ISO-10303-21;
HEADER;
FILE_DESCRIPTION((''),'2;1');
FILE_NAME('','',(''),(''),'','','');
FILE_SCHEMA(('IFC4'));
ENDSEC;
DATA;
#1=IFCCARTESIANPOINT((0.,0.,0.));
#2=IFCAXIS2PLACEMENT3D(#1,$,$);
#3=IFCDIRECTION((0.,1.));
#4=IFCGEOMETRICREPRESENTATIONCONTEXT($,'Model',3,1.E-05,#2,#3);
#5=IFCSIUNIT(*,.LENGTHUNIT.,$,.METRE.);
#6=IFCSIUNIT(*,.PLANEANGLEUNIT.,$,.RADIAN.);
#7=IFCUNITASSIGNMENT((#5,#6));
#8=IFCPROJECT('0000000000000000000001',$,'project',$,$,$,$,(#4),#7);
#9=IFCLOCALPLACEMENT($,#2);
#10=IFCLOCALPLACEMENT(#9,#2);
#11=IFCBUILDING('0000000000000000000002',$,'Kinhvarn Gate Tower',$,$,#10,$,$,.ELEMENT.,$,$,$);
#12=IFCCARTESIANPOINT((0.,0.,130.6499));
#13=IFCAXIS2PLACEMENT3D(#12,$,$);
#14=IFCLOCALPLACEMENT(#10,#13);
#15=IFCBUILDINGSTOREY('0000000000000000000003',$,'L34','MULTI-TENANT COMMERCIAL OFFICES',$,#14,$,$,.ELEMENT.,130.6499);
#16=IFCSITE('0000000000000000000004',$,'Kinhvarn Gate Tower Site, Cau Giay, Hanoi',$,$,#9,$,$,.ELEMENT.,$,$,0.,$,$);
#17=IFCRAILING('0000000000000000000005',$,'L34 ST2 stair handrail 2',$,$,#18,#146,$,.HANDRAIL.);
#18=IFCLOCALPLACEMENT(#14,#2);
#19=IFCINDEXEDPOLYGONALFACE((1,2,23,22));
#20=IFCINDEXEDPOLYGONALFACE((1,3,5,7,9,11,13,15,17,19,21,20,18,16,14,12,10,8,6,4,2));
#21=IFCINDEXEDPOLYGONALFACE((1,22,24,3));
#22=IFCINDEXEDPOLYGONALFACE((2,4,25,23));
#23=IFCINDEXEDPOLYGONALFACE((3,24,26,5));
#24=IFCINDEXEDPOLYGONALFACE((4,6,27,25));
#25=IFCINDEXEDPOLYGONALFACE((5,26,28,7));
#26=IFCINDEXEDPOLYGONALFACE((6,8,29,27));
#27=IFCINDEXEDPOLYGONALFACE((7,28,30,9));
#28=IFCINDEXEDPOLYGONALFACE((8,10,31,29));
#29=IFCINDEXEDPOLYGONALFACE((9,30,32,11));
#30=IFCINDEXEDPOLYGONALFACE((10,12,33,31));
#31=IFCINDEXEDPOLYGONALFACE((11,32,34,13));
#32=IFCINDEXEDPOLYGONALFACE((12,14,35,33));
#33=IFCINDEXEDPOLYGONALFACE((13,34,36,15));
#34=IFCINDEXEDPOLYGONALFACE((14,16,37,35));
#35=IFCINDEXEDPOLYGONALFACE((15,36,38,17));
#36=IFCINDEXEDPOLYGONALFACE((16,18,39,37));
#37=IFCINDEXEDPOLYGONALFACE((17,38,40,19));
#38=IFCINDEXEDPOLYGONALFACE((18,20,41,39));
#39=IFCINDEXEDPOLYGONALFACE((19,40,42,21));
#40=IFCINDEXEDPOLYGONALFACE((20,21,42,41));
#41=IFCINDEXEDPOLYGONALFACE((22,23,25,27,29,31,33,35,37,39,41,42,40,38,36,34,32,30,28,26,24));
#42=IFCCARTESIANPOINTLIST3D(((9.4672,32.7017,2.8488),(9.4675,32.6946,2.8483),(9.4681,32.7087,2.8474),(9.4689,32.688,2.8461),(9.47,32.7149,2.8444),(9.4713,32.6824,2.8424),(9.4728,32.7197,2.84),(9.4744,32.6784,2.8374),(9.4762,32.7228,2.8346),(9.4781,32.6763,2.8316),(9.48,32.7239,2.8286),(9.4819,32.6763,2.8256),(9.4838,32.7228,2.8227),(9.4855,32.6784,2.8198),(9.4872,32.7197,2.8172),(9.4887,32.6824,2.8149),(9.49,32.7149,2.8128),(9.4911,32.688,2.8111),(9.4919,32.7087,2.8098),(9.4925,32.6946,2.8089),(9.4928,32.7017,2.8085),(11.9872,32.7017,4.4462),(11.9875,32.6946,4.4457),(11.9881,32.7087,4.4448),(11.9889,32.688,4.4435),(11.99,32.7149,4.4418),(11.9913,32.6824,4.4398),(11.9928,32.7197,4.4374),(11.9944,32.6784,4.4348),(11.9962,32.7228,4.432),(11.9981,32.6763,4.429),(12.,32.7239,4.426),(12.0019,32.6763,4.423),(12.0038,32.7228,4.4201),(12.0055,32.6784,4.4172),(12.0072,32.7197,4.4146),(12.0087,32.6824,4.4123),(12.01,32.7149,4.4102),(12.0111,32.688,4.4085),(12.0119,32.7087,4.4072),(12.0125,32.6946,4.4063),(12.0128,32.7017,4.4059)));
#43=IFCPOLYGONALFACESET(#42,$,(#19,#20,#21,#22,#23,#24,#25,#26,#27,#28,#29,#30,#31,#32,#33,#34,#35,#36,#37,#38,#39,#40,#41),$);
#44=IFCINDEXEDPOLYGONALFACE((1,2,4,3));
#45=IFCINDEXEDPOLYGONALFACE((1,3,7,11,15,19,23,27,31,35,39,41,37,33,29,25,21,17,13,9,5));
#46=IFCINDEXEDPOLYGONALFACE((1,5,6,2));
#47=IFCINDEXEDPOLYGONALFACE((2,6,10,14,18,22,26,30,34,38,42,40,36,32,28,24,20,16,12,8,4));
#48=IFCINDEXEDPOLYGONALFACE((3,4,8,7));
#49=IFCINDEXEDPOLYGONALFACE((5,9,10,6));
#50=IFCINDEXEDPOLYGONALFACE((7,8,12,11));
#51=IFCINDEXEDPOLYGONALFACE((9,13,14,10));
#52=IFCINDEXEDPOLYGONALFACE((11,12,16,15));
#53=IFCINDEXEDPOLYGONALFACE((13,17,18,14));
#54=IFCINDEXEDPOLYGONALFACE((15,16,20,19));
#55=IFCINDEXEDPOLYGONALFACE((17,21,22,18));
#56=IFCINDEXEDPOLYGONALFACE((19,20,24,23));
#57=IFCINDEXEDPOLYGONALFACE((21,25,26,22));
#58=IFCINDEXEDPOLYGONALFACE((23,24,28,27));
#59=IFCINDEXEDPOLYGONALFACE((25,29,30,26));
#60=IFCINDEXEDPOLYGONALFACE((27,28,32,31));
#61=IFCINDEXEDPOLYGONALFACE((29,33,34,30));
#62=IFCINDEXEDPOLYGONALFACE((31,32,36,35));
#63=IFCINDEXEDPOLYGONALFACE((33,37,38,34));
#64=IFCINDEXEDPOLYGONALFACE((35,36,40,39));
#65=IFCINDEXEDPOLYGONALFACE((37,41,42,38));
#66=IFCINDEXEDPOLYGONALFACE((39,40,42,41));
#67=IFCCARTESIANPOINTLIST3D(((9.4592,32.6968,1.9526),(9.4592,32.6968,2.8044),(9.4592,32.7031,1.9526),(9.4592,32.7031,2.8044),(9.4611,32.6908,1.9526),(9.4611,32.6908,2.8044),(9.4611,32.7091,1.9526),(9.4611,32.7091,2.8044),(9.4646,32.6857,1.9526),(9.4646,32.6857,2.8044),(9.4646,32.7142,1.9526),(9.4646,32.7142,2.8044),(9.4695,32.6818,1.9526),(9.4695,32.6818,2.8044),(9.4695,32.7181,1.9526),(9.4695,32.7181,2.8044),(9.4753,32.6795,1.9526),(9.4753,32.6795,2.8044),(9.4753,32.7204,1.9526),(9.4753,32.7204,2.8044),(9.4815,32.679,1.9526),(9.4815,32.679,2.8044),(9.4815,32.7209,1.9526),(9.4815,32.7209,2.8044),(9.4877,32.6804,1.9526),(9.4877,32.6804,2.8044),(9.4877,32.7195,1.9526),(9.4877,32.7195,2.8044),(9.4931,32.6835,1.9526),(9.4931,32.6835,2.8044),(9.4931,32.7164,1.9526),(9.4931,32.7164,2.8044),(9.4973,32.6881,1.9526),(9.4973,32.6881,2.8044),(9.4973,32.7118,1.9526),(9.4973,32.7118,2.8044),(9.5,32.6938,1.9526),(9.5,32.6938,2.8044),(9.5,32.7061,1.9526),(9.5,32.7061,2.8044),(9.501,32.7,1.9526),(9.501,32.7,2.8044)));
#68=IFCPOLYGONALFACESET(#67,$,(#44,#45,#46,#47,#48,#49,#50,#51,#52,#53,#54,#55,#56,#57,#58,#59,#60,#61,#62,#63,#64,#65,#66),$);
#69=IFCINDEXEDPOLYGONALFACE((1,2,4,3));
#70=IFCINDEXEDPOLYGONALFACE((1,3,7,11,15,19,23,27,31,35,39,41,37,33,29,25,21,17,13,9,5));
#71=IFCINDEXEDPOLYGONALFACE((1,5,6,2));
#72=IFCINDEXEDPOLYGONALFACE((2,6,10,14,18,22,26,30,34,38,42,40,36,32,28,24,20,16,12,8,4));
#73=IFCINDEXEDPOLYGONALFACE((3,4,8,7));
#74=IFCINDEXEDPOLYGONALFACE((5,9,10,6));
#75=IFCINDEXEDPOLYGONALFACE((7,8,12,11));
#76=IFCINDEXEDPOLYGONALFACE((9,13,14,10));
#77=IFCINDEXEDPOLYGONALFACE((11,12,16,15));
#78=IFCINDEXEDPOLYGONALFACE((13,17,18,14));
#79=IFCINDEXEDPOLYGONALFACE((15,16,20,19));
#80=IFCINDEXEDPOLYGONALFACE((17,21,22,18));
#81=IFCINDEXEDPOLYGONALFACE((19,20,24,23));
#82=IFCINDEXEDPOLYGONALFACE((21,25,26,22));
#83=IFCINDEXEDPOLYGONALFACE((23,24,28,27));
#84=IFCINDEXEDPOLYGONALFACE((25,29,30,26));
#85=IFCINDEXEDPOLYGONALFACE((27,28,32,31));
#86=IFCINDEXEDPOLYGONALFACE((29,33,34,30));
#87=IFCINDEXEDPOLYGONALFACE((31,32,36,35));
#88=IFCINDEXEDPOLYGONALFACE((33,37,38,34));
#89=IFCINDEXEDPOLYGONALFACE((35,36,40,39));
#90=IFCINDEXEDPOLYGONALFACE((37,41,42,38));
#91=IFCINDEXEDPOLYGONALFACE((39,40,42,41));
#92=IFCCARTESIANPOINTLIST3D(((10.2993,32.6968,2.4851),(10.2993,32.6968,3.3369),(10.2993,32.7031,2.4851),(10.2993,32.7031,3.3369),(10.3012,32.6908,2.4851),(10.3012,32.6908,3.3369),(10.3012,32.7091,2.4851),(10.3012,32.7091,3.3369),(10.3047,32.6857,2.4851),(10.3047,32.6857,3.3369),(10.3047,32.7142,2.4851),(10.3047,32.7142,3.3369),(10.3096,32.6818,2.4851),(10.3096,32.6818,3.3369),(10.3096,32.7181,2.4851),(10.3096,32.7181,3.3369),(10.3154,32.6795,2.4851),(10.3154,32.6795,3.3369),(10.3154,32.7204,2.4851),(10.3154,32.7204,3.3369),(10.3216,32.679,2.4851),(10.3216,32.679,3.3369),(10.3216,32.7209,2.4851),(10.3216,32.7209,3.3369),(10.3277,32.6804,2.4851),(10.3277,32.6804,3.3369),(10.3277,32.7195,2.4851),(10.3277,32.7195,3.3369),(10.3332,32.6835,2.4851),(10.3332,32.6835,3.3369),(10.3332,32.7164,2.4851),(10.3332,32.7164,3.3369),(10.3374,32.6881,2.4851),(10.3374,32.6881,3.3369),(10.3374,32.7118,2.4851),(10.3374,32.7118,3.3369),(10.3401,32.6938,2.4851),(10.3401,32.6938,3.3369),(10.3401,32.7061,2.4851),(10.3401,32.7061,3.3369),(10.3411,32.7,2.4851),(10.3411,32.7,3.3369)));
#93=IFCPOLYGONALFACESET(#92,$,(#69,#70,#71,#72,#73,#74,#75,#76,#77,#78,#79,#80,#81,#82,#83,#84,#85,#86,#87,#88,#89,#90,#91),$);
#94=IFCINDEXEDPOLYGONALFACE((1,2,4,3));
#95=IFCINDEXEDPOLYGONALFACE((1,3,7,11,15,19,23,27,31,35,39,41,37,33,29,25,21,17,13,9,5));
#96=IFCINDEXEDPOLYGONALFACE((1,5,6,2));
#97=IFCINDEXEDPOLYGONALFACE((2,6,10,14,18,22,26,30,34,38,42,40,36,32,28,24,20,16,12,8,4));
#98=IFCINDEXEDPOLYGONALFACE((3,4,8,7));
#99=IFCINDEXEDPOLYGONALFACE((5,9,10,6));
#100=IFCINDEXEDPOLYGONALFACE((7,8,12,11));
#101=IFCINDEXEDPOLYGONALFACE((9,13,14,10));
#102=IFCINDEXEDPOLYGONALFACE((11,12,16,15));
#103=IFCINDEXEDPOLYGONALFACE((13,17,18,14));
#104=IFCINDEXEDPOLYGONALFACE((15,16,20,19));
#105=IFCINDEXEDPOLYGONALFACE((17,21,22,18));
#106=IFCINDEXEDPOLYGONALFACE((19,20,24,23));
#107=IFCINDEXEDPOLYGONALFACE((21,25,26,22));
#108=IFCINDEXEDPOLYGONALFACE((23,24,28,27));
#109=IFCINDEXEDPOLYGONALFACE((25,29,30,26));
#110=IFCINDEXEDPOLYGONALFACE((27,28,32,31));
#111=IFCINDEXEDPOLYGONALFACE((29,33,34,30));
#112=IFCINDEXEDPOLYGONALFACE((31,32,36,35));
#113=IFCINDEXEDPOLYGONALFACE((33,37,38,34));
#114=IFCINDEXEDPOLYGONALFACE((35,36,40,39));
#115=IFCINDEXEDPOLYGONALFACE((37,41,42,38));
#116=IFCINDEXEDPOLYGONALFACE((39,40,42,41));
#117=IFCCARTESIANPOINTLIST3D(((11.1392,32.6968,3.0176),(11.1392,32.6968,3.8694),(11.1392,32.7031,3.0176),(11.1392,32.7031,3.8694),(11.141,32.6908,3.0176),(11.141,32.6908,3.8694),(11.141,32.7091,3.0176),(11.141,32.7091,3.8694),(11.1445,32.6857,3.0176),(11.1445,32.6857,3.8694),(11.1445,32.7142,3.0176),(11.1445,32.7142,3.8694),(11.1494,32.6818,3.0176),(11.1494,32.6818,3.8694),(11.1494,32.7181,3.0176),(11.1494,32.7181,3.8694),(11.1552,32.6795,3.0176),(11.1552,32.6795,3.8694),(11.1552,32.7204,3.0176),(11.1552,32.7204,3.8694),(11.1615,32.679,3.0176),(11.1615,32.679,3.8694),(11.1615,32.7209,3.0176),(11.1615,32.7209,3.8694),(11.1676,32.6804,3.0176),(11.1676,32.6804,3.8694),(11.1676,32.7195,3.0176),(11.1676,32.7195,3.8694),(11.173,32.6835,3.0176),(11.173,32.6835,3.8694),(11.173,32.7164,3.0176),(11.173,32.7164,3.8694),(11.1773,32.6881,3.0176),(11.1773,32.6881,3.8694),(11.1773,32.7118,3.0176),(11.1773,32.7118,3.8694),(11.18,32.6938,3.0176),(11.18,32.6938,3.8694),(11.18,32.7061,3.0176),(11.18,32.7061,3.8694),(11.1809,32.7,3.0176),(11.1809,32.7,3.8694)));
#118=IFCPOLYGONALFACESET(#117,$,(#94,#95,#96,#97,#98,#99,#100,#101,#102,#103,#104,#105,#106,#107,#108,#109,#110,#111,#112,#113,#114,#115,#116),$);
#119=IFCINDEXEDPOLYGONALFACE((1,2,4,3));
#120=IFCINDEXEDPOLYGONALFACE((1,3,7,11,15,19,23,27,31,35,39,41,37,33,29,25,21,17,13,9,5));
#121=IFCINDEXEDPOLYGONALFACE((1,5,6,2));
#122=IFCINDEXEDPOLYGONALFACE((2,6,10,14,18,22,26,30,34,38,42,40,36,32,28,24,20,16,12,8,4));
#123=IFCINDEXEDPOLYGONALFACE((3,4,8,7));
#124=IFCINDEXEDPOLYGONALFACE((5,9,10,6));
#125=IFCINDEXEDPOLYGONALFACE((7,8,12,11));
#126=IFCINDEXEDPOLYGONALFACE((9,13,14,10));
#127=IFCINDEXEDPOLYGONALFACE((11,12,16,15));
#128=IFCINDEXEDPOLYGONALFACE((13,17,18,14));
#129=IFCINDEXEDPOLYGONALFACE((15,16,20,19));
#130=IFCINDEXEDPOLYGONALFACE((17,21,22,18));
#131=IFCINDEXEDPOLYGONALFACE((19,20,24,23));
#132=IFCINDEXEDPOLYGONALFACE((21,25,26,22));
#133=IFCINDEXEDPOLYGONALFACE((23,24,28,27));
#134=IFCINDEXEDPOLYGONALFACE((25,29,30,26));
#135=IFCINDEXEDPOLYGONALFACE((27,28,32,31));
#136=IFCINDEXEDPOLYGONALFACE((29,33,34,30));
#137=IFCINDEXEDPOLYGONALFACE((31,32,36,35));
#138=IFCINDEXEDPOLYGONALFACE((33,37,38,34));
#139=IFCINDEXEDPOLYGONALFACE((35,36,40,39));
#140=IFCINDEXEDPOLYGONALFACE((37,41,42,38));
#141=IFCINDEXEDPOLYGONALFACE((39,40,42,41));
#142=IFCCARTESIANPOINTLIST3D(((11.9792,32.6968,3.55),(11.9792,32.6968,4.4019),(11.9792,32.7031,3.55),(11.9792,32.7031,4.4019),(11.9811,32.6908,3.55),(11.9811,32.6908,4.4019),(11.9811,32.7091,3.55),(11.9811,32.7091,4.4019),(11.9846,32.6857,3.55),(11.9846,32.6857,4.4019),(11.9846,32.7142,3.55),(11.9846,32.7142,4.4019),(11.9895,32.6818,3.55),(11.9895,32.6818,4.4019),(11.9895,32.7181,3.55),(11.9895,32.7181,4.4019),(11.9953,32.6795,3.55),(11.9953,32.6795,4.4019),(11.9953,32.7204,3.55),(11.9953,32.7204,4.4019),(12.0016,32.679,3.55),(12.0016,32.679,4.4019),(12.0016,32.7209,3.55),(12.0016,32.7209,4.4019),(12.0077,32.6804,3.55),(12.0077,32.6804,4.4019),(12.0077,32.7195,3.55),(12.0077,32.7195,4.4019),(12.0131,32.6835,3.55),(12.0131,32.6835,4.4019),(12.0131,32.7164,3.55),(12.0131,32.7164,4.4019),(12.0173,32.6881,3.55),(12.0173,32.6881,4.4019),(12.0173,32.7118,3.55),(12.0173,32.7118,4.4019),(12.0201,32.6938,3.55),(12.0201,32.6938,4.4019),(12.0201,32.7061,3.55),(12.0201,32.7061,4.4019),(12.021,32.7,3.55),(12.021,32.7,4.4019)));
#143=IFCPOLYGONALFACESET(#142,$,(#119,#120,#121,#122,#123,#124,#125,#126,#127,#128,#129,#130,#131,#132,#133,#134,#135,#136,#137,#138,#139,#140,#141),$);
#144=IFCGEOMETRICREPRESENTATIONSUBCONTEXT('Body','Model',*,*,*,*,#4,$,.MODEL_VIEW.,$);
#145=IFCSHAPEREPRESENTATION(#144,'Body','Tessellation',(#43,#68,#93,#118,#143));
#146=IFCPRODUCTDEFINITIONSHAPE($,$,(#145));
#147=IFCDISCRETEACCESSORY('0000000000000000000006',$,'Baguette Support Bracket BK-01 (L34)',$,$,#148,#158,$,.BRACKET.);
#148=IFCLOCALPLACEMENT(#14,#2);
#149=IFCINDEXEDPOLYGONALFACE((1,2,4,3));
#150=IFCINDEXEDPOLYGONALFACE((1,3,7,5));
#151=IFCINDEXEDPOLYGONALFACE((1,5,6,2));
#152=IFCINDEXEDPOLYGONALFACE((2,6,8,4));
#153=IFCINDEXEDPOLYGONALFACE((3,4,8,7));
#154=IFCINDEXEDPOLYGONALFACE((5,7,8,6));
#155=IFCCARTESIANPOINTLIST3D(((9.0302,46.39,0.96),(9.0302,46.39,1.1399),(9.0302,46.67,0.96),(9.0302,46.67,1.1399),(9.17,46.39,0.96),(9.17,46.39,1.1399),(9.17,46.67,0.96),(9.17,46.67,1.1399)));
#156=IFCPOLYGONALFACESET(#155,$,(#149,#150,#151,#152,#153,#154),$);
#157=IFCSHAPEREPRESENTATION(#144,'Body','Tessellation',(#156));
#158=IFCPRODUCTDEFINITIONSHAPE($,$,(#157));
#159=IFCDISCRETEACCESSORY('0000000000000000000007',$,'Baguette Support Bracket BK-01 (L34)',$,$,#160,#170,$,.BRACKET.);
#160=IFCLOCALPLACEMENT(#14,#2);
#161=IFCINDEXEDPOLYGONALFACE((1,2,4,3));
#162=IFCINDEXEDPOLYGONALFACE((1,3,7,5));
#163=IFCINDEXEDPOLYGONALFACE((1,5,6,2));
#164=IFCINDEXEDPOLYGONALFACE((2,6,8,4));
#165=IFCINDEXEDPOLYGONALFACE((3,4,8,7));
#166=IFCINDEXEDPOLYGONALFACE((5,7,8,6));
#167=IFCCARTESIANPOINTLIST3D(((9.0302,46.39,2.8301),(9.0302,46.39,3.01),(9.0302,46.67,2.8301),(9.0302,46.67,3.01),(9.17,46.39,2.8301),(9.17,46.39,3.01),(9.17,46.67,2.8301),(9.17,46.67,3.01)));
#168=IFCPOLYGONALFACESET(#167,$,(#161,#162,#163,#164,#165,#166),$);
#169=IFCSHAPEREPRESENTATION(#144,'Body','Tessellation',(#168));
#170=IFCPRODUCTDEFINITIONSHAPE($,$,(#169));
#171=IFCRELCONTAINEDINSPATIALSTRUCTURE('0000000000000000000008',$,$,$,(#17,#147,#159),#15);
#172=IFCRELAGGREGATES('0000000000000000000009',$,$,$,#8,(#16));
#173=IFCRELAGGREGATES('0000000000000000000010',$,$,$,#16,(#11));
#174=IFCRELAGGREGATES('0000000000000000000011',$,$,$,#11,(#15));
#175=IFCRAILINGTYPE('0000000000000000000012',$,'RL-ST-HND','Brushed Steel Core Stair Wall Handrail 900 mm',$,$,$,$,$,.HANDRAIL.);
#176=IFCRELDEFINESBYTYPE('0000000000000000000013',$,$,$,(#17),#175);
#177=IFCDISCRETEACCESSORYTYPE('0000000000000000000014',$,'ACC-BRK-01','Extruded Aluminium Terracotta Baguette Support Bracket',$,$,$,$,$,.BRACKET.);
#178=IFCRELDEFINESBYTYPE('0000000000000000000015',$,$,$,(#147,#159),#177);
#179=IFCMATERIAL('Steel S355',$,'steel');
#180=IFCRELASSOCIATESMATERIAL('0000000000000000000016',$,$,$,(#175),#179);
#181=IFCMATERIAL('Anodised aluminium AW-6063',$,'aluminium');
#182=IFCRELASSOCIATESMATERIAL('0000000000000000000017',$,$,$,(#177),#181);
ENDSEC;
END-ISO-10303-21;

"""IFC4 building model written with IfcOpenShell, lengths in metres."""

from ifc_helpers import new_model, si_unit, direction, frame, origin, origin_2d, place, context, subcontext, project, spatial, rectangle, circle, extrude, material, type_object, element, save


model = new_model("IFC4")

# Units and contexts
model_context = context("Model", 3, precision=1e-05, world=origin(), true_north=direction((0.0, 1.0)))
body_context = subcontext(model_context, "Body", "Model", "MODEL_VIEW")
ifc_project = project(units=[si_unit("LENGTHUNIT", "METRE"), si_unit("PLANEANGLEUNIT", "RADIAN")], contexts=[model_context])

# Site, building, storey
site_placement = place(None, origin())
site = spatial("IfcSite", under=ifc_project, at=site_placement, Name="Kinhvarn Gate Tower Site, Cau Giay, Hanoi", CompositionType="ELEMENT", RefElevation=0.0)
building_placement = place(site_placement, origin())
building = spatial("IfcBuilding", under=site, at=building_placement, Name="Kinhvarn Gate Tower", CompositionType="ELEMENT")
storey_placement = place(building_placement, frame((0.0, 0.0, 130.6499)))
storey = spatial("IfcBuildingStorey", under=building, at=storey_placement, Name="L34", Description="MULTI-TENANT COMMERCIAL OFFICES", CompositionType="ELEMENT", Elevation=130.6499)

# Shared definitions
ifc_material_1 = material(Name="Anodised aluminium AW-6063", Category="aluminium")

# Shared definitions
ifc_material_2 = material(Name="Steel S355", Category="steel")

# Railing
railing_type_1 = type_object("IfcRailingType", Name="RL-ST-HND", Description="Brushed Steel Core Stair Wall Handrail 900 mm", PredefinedType="HANDRAIL", material=ifc_material_2)
railing_1_placement = place(storey_placement, frame((9.48, 32.7, 1.9526)))
element("IfcRailing", 1, at=railing_1_placement, inside=storey, type_object=railing_type_1, Name="L34 ST2 stair handrail 2", PredefinedType="HANDRAIL", context=body_context, shape_type="SweptSolid", body=[
    extrude(circle(Radius=0.0239, at=origin_2d()), frame((0.0, 0.0, 0.876), z_axis=(0.844607, 0.0, 0.535387), x_axis=(0.0, 1.0, 0.0)), (0.0, 0.0, 1.0), 2.9836),
    extrude(circle(Radius=0.021, at=origin_2d()), origin(), (0.0, 0.0, 1.0), 0.8518),
    extrude(circle(Radius=0.021, at=origin_2d()), frame((0.8401, 0.0, 0.5325)), (0.0, 0.0, 1.0), 0.8518),
    extrude(circle(Radius=0.021, at=origin_2d()), frame((1.6799, 0.0, 1.0649)), (0.0, 0.0, 1.0), 0.8518),
    extrude(circle(Radius=0.021, at=origin_2d()), frame((2.52, 0.0, 1.5974)), (0.0, 0.0, 1.0), 0.8518),
])

# Discrete accessories
discrete_accessory_type = type_object("IfcDiscreteAccessoryType", Name="ACC-BRK-01", Description="Extruded Aluminium Terracotta Baguette Support Bracket", PredefinedType="BRACKET", material=ifc_material_1)
for number, where, z_axis, x_axis, name in (
    (2, (9.1001, 46.53, 0.96), (0.0, 0.0, 1.0), (-1.0, 0.0, 0.0), "Baguette Support Bracket BK-01 (L34)"),
    (3, (9.1001, 46.53, 2.8301), (0.0, 0.0, 1.0), (-1.0, 0.0, 0.0), "Baguette Support Bracket BK-01 (L34)"),
):
    element("IfcDiscreteAccessory", number, at=place(storey_placement, frame(where, z_axis=z_axis, x_axis=x_axis)), inside=storey, type_object=discrete_accessory_type, Name=name, PredefinedType="BRACKET", context=body_context, shape_type="SweptSolid", body=[
        extrude(rectangle(XDim=0.1399, YDim=0.28, at=origin_2d()), origin(), (0.0, 0.0, 1.0), 0.1799),
    ])

save(model, "model.ifc")
